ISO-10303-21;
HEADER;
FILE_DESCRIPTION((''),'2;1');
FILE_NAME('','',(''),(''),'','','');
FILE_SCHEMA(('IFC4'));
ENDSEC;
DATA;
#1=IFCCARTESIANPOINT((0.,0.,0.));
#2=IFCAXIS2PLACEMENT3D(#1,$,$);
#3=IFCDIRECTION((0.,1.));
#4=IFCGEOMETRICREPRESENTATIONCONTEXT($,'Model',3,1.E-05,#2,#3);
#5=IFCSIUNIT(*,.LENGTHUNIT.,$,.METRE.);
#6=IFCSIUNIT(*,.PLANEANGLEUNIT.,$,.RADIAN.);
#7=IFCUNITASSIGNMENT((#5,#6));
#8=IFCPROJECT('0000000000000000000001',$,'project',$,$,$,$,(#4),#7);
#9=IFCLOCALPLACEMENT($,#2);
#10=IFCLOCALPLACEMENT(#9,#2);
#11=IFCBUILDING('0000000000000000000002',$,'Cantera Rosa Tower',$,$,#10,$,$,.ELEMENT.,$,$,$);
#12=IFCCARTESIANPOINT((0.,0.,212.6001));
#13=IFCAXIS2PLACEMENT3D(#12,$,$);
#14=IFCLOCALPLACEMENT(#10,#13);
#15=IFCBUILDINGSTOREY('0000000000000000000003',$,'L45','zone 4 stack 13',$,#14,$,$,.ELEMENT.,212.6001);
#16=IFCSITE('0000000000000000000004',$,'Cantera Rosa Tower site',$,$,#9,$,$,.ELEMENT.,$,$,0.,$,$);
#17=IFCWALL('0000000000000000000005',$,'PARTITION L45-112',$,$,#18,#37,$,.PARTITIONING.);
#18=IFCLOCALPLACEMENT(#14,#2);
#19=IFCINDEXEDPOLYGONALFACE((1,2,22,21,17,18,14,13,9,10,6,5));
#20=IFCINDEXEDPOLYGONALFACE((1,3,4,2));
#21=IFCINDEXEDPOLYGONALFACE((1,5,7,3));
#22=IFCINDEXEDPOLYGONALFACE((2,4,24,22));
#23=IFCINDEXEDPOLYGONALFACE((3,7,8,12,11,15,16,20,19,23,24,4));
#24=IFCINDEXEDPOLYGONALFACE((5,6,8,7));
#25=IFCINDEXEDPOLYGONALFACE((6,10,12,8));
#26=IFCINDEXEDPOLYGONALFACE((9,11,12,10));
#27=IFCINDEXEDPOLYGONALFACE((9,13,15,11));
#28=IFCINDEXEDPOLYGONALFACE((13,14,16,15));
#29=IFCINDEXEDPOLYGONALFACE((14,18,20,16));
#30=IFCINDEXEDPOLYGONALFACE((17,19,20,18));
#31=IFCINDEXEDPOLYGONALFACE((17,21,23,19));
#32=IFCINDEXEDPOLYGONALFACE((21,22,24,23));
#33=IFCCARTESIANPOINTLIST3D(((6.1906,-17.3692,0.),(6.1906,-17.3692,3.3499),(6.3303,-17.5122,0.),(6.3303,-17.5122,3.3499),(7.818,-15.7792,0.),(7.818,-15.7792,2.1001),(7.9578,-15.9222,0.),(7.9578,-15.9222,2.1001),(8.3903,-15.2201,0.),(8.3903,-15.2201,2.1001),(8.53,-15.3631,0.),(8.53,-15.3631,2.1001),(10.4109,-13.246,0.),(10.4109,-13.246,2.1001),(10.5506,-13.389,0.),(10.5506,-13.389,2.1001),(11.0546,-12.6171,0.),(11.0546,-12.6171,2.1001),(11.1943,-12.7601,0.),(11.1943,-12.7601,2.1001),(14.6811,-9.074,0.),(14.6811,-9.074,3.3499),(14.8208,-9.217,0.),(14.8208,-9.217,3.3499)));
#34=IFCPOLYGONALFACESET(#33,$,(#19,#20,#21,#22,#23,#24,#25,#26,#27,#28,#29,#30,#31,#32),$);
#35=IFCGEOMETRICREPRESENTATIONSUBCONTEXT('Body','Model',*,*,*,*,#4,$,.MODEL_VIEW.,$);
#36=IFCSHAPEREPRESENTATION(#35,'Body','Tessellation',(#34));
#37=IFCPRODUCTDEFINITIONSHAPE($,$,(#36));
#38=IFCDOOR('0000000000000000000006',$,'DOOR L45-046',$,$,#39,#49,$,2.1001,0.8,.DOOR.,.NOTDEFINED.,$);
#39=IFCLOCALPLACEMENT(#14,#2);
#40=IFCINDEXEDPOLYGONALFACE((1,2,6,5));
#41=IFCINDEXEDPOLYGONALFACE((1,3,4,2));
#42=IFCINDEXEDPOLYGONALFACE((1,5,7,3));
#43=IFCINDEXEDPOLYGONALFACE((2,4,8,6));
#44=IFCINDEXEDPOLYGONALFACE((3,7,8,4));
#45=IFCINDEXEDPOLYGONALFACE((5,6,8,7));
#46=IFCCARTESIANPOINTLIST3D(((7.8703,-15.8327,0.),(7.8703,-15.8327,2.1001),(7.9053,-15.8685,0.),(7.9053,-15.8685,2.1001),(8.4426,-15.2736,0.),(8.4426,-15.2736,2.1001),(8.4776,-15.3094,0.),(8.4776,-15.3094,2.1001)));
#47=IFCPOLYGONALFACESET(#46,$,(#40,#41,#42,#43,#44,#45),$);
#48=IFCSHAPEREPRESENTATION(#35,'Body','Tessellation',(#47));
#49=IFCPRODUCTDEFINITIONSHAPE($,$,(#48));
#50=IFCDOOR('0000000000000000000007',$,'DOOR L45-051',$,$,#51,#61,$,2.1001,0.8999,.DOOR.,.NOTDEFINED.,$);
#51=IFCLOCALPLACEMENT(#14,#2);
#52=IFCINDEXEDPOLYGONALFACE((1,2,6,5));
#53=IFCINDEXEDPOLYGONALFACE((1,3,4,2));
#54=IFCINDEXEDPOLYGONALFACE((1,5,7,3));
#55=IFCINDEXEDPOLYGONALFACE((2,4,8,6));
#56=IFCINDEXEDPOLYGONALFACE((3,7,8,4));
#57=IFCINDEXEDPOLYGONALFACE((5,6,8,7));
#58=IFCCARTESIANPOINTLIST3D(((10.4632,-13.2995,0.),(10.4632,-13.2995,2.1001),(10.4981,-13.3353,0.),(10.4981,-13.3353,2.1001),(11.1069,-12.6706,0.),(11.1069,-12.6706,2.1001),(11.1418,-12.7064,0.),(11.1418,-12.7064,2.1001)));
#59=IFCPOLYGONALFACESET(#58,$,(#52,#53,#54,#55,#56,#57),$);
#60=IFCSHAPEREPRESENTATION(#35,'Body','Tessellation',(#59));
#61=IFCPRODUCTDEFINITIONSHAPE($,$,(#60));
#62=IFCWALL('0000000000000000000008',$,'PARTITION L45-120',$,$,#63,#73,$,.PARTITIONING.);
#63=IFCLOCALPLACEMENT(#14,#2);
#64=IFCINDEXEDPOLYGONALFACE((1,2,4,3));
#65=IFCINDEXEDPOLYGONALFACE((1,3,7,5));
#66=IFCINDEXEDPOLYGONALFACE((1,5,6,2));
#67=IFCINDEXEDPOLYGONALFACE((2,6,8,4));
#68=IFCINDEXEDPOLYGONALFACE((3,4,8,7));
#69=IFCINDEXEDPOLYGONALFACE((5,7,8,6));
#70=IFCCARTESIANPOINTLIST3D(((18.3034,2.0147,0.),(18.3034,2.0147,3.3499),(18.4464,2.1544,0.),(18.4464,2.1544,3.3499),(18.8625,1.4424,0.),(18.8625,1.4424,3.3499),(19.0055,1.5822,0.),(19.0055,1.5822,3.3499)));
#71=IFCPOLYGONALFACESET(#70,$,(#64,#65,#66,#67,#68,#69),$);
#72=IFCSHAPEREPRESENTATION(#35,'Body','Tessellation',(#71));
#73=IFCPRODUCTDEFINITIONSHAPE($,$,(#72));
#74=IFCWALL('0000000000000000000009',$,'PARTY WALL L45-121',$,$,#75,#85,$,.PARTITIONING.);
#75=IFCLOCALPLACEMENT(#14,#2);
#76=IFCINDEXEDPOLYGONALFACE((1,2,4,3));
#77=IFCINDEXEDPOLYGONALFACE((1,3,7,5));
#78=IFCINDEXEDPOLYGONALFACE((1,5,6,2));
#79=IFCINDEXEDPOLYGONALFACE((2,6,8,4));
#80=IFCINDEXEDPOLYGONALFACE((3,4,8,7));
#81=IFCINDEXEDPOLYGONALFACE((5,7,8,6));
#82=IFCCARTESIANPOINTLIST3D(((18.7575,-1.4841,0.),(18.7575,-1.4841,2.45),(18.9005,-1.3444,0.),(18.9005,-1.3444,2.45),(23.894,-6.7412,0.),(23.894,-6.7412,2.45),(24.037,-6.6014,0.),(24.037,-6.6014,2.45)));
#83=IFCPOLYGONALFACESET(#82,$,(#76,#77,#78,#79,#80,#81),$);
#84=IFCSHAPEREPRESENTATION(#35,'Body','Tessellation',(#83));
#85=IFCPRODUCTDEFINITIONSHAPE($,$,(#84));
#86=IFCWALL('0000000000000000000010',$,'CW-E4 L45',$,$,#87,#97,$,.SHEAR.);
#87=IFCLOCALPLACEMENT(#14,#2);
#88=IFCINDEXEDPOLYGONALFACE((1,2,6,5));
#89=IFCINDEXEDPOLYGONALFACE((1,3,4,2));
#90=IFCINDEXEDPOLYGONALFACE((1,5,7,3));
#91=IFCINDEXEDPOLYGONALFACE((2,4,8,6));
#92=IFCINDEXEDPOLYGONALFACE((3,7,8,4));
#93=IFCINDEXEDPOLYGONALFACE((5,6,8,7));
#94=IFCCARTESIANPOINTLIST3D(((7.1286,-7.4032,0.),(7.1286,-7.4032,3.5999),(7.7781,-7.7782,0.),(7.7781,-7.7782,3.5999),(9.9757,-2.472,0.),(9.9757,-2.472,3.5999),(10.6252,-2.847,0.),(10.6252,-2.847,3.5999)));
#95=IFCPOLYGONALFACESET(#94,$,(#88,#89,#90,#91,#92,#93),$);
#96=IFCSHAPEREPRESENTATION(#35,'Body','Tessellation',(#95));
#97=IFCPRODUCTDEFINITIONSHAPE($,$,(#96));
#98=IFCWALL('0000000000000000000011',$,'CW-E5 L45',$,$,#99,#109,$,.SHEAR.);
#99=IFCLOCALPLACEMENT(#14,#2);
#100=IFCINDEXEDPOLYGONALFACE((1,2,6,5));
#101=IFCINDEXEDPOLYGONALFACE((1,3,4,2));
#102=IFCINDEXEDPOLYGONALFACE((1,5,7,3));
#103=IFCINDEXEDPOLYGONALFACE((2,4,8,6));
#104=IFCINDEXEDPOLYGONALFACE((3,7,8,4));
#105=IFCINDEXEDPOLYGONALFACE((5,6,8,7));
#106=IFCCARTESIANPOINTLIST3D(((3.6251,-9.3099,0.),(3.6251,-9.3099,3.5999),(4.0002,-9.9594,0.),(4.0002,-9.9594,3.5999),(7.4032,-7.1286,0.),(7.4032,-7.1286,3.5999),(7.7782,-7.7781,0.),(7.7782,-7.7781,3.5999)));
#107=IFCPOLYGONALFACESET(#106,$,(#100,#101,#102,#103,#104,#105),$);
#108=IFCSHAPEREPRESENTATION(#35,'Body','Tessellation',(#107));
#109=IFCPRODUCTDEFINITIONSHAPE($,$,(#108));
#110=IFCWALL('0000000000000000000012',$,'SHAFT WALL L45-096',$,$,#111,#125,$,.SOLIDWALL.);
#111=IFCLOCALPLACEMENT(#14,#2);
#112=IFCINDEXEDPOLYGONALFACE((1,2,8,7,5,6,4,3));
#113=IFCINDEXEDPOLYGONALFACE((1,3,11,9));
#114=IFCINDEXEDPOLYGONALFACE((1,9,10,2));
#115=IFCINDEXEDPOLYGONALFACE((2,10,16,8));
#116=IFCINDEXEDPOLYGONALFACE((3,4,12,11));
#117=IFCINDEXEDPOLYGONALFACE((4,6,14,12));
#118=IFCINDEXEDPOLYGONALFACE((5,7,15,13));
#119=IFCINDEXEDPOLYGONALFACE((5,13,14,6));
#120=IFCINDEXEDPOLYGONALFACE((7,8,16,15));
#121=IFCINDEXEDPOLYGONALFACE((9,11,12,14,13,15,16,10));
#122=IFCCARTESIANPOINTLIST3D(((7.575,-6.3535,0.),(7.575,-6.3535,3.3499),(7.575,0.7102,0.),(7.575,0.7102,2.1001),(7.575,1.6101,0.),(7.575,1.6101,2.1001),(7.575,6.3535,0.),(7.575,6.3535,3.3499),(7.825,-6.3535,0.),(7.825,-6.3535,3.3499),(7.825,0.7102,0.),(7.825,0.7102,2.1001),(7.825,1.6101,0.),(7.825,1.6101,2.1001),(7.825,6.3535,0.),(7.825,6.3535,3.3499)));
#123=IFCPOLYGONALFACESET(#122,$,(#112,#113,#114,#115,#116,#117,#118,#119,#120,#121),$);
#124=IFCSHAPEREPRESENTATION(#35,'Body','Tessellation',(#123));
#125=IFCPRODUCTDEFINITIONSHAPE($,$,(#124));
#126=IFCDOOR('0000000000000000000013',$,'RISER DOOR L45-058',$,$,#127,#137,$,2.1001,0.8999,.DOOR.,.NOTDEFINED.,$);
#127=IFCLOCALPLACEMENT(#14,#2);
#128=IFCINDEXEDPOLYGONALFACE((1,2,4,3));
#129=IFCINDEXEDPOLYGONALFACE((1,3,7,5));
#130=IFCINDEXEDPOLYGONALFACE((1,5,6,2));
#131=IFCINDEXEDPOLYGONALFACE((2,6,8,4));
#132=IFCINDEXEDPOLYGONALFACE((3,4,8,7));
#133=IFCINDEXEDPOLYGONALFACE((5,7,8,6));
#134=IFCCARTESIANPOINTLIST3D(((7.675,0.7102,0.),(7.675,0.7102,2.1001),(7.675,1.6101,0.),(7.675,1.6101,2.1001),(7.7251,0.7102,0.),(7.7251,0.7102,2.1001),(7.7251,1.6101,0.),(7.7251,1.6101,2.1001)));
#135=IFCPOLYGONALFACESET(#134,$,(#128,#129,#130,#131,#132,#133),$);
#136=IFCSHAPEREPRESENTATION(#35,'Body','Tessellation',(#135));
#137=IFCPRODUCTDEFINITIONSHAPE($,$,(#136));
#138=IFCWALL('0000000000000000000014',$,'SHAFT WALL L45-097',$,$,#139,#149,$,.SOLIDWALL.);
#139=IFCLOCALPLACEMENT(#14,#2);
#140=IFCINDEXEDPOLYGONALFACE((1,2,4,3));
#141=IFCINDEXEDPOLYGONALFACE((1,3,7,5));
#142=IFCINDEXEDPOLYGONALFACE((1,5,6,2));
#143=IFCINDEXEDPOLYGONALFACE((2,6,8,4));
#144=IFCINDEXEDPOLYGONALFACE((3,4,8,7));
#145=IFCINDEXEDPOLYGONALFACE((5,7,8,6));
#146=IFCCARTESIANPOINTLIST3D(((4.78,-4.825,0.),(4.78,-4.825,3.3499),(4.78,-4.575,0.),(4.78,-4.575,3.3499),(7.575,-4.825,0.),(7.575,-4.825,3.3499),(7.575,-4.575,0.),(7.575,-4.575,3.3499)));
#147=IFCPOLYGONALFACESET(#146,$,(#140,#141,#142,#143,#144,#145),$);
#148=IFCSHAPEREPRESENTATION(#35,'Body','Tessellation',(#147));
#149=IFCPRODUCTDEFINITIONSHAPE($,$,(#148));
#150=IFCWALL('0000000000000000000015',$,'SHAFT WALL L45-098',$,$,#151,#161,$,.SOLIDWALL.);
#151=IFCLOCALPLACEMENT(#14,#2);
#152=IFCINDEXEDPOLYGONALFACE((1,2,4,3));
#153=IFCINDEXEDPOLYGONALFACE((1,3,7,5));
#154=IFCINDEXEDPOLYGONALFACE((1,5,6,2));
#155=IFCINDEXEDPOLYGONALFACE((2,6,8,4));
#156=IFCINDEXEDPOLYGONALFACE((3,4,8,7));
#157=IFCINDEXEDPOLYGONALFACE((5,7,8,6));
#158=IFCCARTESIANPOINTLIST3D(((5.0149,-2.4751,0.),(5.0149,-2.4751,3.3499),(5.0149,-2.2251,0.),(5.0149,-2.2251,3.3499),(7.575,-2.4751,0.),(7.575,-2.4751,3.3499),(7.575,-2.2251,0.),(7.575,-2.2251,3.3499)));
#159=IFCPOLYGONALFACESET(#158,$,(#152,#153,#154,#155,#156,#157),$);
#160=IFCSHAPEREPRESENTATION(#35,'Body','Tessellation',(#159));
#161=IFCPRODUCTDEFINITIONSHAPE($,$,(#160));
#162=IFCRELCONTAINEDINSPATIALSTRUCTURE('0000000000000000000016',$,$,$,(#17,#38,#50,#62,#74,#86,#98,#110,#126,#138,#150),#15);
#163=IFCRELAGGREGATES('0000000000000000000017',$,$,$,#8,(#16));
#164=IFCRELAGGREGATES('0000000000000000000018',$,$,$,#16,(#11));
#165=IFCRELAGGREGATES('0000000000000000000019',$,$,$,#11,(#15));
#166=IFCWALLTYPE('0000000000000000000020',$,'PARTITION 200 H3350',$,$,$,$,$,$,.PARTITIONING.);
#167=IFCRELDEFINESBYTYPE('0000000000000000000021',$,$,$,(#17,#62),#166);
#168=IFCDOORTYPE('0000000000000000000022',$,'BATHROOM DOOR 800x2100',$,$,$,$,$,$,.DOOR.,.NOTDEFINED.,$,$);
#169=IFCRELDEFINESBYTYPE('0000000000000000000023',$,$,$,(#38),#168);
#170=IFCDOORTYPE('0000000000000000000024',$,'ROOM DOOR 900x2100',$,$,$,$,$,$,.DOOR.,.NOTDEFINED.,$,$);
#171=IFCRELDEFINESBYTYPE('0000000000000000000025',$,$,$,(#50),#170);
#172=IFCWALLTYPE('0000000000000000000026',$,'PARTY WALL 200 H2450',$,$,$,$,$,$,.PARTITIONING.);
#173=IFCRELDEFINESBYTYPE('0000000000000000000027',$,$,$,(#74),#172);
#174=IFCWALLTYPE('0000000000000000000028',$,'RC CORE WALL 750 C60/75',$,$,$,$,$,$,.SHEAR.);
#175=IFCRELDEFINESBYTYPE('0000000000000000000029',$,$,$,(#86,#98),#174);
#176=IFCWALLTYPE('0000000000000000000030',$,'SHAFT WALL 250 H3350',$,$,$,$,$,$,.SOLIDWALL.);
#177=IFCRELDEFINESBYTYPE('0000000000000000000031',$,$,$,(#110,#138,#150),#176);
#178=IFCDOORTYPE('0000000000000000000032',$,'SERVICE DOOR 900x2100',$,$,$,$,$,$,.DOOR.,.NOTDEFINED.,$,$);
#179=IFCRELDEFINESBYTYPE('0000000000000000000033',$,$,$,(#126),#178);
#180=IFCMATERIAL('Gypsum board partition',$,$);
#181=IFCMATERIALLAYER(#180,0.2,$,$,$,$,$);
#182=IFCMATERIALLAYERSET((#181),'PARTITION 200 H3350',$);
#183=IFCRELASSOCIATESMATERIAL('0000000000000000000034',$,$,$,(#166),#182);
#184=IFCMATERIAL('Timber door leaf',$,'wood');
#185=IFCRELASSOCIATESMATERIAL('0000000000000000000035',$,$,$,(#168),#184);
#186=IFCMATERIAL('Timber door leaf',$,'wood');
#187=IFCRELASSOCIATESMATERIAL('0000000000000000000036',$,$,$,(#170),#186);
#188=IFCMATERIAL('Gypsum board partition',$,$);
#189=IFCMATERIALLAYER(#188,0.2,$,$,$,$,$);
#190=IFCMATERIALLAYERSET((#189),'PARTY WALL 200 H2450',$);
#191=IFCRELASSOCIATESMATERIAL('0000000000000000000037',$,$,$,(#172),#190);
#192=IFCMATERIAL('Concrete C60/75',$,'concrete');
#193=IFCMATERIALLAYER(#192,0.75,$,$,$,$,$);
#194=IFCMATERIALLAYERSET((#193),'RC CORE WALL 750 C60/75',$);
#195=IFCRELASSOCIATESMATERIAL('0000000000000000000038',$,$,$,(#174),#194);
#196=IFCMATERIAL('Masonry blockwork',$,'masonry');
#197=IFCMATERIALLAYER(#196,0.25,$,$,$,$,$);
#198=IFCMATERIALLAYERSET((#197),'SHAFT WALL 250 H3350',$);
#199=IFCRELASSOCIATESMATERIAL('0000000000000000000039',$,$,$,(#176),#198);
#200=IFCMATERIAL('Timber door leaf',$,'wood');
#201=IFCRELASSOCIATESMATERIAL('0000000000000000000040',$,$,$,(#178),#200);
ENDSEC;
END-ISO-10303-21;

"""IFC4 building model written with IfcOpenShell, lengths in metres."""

from ifc_helpers import new_model, si_unit, direction, frame, frame_2d, origin, place, context, subcontext, project, spatial, rectangle, extrude, material, layer, layer_set, type_object, element, fill, save


model = new_model("IFC4")

# Units and contexts
model_context = context("Model", 3, precision=1e-05, world=origin(), true_north=direction((0.0, 1.0)))
body_context = subcontext(model_context, "Body", "Model", "MODEL_VIEW")
ifc_project = project(units=[si_unit("LENGTHUNIT", "METRE"), si_unit("PLANEANGLEUNIT", "RADIAN")], contexts=[model_context])

# Site, building, storey
site_placement = place(None, origin())
site = spatial("IfcSite", under=ifc_project, at=site_placement, Name="Cantera Rosa Tower site", CompositionType="ELEMENT", RefElevation=0.0)
building_placement = place(site_placement, origin())
building = spatial("IfcBuilding", under=site, at=building_placement, Name="Cantera Rosa Tower", CompositionType="ELEMENT")
storey_placement = place(building_placement, frame((0.0, 0.0, 212.6001)))
storey = spatial("IfcBuildingStorey", under=building, at=storey_placement, Name="L45", Description="zone 4 stack 13", CompositionType="ELEMENT", Elevation=212.6001)

# Shared definitions
ifc_material_1 = material(Name="Gypsum board partition")
ifc_layer_1 = layer(ifc_material_1, 0.2)
ifc_layer_set_1 = layer_set([ifc_layer_1], Name="PARTITION 200 H3350")
wall_type_1 = type_object("IfcWallType", Name="PARTITION 200 H3350", PredefinedType="PARTITIONING", material=ifc_layer_set_1)

# Wall, openings, doors
wall_1_placement = place(storey_placement, frame((14.751, -9.1455, 0.0), z_axis=(0.0, 0.0, 1.0), x_axis=(-0.715286, -0.698832, 0.0)))
wall_1 = element("IfcWall", 1, at=wall_1_placement, inside=storey, type_object=wall_type_1, Name="PARTITION L45-112", PredefinedType="PARTITIONING", context=body_context, shape_type="SweptSolid", body=[
    extrude(rectangle(XDim=11.8701, YDim=0.2, at=frame_2d((5.9351, 0.0))), origin(), (0.0, 0.0, 1.0), 3.3499),
])
opening_1_placement = place(wall_1_placement, frame((8.7949, 0.0, 0.0)))
opening_1 = element("IfcOpeningElement", 2, at=opening_1_placement, cuts=wall_1, PredefinedType="OPENING", context=body_context, shape_type="SweptSolid", body=[
    extrude(rectangle(XDim=0.8, YDim=2.1001, at=frame_2d((0.3999, 1.05))), frame((0.0, 0.1099, 0.0), z_axis=(0.0, -1.0, 0.0), x_axis=(1.0, 0.0, 0.0)), (0.0, 0.0, 1.0), 0.22),
])
opening_2_placement = place(wall_1_placement, frame((5.0701, 0.0, 0.0)))
opening_2 = element("IfcOpeningElement", 3, at=opening_2_placement, cuts=wall_1, PredefinedType="OPENING", context=body_context, shape_type="SweptSolid", body=[
    extrude(rectangle(XDim=0.8999, YDim=2.1001, at=frame_2d((0.45, 1.05))), frame((0.0, 0.1099, 0.0), z_axis=(0.0, -1.0, 0.0), x_axis=(1.0, 0.0, 0.0)), (0.0, 0.0, 1.0), 0.22),
])
ifc_material_2 = material(Name="Timber door leaf", Category="wood")
door_type_1 = type_object("IfcDoorType", Name="BATHROOM DOOR 800x2100", OperationType="NOTDEFINED", PredefinedType="DOOR", material=ifc_material_2)
door_1_placement = place(opening_1_placement, origin())
door_1 = element("IfcDoor", 4, at=door_1_placement, inside=storey, type_object=door_type_1, Name="DOOR L45-046", OperationType="NOTDEFINED", OverallHeight=2.1001, OverallWidth=0.8, PredefinedType="DOOR", context=body_context, shape_type="SweptSolid", body=[
    extrude(rectangle(XDim=0.8, YDim=2.1001, at=frame_2d((0.3999, 1.05))), frame((0.0, 0.0249, 0.0), z_axis=(0.0, -1.0, 0.0), x_axis=(1.0, 0.0, 0.0)), (0.0, 0.0, 1.0), 0.05),
])
fill(opening_1, door_1)
ifc_material_3 = material(Name="Timber door leaf", Category="wood")
door_type_2 = type_object("IfcDoorType", Name="ROOM DOOR 900x2100", OperationType="NOTDEFINED", PredefinedType="DOOR", material=ifc_material_3)
door_2_placement = place(opening_2_placement, origin())
door_2 = element("IfcDoor", 5, at=door_2_placement, inside=storey, type_object=door_type_2, Name="DOOR L45-051", OperationType="NOTDEFINED", OverallHeight=2.1001, OverallWidth=0.8999, PredefinedType="DOOR", context=body_context, shape_type="SweptSolid", body=[
    extrude(rectangle(XDim=0.8999, YDim=2.1001, at=frame_2d((0.45, 1.05))), frame((0.0, 0.0249, 0.0), z_axis=(0.0, -1.0, 0.0), x_axis=(1.0, 0.0, 0.0)), (0.0, 0.0, 1.0), 0.05),
])
fill(opening_2, door_2)

# Walls
wall_2_placement = place(storey_placement, frame((18.375, 2.0845, 0.0), z_axis=(0.0, 0.0, 1.0), x_axis=(0.698819, -0.715298, 0.0)))
element("IfcWall", 6, at=wall_2_placement, inside=storey, type_object=wall_type_1, Name="PARTITION L45-120", PredefinedType="PARTITIONING", context=body_context, shape_type="SweptSolid", body=[
    extrude(rectangle(XDim=0.8, YDim=0.2, at=frame_2d((0.3999, 0.0))), origin(), (0.0, 0.0, 1.0), 3.3499),
])
ifc_material_4 = material(Name="Gypsum board partition")
ifc_layer_2 = layer(ifc_material_4, 0.2)
ifc_layer_set_2 = layer_set([ifc_layer_2], Name="PARTY WALL 200 H2450")
wall_type_2 = type_object("IfcWallType", Name="PARTY WALL 200 H2450", PredefinedType="PARTITIONING", material=ifc_layer_set_2)
wall_3_placement = place(storey_placement, frame((18.8291, -1.4143, 0.0), z_axis=(0.0, 0.0, 1.0), x_axis=(0.698855, -0.715264, 0.0)))
element("IfcWall", 7, at=wall_3_placement, inside=storey, type_object=wall_type_2, Name="PARTY WALL L45-121", PredefinedType="PARTITIONING", context=body_context, shape_type="SweptSolid", body=[
    extrude(rectangle(XDim=7.3499, YDim=0.2, at=frame_2d((3.6748, 0.0))), origin(), (0.0, 0.0, 1.0), 2.45),
])
ifc_material_5 = material(Name="Concrete C60/75", Category="concrete")
ifc_layer_3 = layer(ifc_material_5, 0.75)
ifc_layer_set_3 = layer_set([ifc_layer_3], Name="RC CORE WALL 750 C60/75")
wall_type_3 = type_object("IfcWallType", Name="RC CORE WALL 750 C60/75", PredefinedType="SHEAR", material=ifc_layer_set_3)
wall_4_placement = place(storey_placement, frame((10.3005, -2.6594, 0.0), z_axis=(0.0, 0.0, 1.0), x_axis=(-0.500022, -0.866013, 0.0)))
element("IfcWall", 8, at=wall_4_placement, inside=storey, type_object=wall_type_3, Name="CW-E4 L45", PredefinedType="SHEAR", context=body_context, shape_type="SweptSolid", body=[
    extrude(rectangle(XDim=5.6941, YDim=0.75, at=frame_2d((2.8472, 0.0))), origin(), (0.0, 0.0, 1.0), 3.5999),
])
wall_5_placement = place(storey_placement, frame((7.5906, -7.4534, 0.0), z_axis=(0.0, 0.0, 1.0), x_axis=(-0.866013, -0.500021, 0.0)))
element("IfcWall", 9, at=wall_5_placement, inside=storey, type_object=wall_type_3, Name="CW-E5 L45", PredefinedType="SHEAR", context=body_context, shape_type="SweptSolid", body=[
    extrude(rectangle(XDim=4.3625, YDim=0.75, at=frame_2d((2.1812, 0.0))), origin(), (0.0, 0.0, 1.0), 3.5999),
])

# Wall, opening, door
ifc_material_6 = material(Name="Masonry blockwork", Category="masonry")
ifc_layer_4 = layer(ifc_material_6, 0.25)
ifc_layer_set_4 = layer_set([ifc_layer_4], Name="SHAFT WALL 250 H3350")
wall_type_4 = type_object("IfcWallType", Name="SHAFT WALL 250 H3350", PredefinedType="SOLIDWALL", material=ifc_layer_set_4)
wall_6_placement = place(storey_placement, frame((7.7, -6.3535, 0.0), z_axis=(0.0, 0.0, 1.0), x_axis=(0.0, 1.0, 0.0)))
wall_6 = element("IfcWall", 10, at=wall_6_placement, inside=storey, type_object=wall_type_4, Name="SHAFT WALL L45-096", PredefinedType="SOLIDWALL", context=body_context, shape_type="SweptSolid", body=[
    extrude(rectangle(XDim=12.707, YDim=0.25, at=frame_2d((6.3535, 0.0))), origin(), (0.0, 0.0, 1.0), 3.3499),
])
opening_3_placement = place(wall_6_placement, frame((7.0637, 0.0, 0.0)))
opening_3 = element("IfcOpeningElement", 11, at=opening_3_placement, cuts=wall_6, PredefinedType="OPENING", context=body_context, shape_type="SweptSolid", body=[
    extrude(rectangle(XDim=0.8999, YDim=2.1001, at=frame_2d((0.45, 1.05))), frame((0.0, 0.135, 0.0), z_axis=(0.0, -1.0, 0.0), x_axis=(1.0, 0.0, 0.0)), (0.0, 0.0, 1.0), 0.27),
])
ifc_material_7 = material(Name="Timber door leaf", Category="wood")
door_type_3 = type_object("IfcDoorType", Name="SERVICE DOOR 900x2100", OperationType="NOTDEFINED", PredefinedType="DOOR", material=ifc_material_7)
door_3_placement = place(opening_3_placement, origin())
door_3 = element("IfcDoor", 12, at=door_3_placement, inside=storey, type_object=door_type_3, Name="RISER DOOR L45-058", OperationType="NOTDEFINED", OverallHeight=2.1001, OverallWidth=0.8999, PredefinedType="DOOR", context=body_context, shape_type="SweptSolid", body=[
    extrude(rectangle(XDim=0.8999, YDim=2.1001, at=frame_2d((0.45, 1.05))), frame((0.0, 0.0249, 0.0), z_axis=(0.0, -1.0, 0.0), x_axis=(1.0, 0.0, 0.0)), (0.0, 0.0, 1.0), 0.05),
])
fill(opening_3, door_3)

# Walls
wall_7_placement = place(storey_placement, frame((7.575, -4.7, 0.0), z_axis=(0.0, 0.0, 1.0), x_axis=(-1.0, 0.0, 0.0)))
element("IfcWall", 13, at=wall_7_placement, inside=storey, type_object=wall_type_4, Name="SHAFT WALL L45-097", PredefinedType="SOLIDWALL", context=body_context, shape_type="SweptSolid", body=[
    extrude(rectangle(XDim=2.7949, YDim=0.25, at=frame_2d((1.3975, 0.0))), origin(), (0.0, 0.0, 1.0), 3.3499),
])
wall_8_placement = place(storey_placement, frame((7.575, -2.3501, 0.0), z_axis=(0.0, 0.0, 1.0), x_axis=(-1.0, 0.0, 0.0)))
element("IfcWall", 14, at=wall_8_placement, inside=storey, type_object=wall_type_4, Name="SHAFT WALL L45-098", PredefinedType="SOLIDWALL", context=body_context, shape_type="SweptSolid", body=[
    extrude(rectangle(XDim=2.5601, YDim=0.25, at=frame_2d((1.28, 0.0))), origin(), (0.0, 0.0, 1.0), 3.3499),
])

save(model, "model.ifc")
